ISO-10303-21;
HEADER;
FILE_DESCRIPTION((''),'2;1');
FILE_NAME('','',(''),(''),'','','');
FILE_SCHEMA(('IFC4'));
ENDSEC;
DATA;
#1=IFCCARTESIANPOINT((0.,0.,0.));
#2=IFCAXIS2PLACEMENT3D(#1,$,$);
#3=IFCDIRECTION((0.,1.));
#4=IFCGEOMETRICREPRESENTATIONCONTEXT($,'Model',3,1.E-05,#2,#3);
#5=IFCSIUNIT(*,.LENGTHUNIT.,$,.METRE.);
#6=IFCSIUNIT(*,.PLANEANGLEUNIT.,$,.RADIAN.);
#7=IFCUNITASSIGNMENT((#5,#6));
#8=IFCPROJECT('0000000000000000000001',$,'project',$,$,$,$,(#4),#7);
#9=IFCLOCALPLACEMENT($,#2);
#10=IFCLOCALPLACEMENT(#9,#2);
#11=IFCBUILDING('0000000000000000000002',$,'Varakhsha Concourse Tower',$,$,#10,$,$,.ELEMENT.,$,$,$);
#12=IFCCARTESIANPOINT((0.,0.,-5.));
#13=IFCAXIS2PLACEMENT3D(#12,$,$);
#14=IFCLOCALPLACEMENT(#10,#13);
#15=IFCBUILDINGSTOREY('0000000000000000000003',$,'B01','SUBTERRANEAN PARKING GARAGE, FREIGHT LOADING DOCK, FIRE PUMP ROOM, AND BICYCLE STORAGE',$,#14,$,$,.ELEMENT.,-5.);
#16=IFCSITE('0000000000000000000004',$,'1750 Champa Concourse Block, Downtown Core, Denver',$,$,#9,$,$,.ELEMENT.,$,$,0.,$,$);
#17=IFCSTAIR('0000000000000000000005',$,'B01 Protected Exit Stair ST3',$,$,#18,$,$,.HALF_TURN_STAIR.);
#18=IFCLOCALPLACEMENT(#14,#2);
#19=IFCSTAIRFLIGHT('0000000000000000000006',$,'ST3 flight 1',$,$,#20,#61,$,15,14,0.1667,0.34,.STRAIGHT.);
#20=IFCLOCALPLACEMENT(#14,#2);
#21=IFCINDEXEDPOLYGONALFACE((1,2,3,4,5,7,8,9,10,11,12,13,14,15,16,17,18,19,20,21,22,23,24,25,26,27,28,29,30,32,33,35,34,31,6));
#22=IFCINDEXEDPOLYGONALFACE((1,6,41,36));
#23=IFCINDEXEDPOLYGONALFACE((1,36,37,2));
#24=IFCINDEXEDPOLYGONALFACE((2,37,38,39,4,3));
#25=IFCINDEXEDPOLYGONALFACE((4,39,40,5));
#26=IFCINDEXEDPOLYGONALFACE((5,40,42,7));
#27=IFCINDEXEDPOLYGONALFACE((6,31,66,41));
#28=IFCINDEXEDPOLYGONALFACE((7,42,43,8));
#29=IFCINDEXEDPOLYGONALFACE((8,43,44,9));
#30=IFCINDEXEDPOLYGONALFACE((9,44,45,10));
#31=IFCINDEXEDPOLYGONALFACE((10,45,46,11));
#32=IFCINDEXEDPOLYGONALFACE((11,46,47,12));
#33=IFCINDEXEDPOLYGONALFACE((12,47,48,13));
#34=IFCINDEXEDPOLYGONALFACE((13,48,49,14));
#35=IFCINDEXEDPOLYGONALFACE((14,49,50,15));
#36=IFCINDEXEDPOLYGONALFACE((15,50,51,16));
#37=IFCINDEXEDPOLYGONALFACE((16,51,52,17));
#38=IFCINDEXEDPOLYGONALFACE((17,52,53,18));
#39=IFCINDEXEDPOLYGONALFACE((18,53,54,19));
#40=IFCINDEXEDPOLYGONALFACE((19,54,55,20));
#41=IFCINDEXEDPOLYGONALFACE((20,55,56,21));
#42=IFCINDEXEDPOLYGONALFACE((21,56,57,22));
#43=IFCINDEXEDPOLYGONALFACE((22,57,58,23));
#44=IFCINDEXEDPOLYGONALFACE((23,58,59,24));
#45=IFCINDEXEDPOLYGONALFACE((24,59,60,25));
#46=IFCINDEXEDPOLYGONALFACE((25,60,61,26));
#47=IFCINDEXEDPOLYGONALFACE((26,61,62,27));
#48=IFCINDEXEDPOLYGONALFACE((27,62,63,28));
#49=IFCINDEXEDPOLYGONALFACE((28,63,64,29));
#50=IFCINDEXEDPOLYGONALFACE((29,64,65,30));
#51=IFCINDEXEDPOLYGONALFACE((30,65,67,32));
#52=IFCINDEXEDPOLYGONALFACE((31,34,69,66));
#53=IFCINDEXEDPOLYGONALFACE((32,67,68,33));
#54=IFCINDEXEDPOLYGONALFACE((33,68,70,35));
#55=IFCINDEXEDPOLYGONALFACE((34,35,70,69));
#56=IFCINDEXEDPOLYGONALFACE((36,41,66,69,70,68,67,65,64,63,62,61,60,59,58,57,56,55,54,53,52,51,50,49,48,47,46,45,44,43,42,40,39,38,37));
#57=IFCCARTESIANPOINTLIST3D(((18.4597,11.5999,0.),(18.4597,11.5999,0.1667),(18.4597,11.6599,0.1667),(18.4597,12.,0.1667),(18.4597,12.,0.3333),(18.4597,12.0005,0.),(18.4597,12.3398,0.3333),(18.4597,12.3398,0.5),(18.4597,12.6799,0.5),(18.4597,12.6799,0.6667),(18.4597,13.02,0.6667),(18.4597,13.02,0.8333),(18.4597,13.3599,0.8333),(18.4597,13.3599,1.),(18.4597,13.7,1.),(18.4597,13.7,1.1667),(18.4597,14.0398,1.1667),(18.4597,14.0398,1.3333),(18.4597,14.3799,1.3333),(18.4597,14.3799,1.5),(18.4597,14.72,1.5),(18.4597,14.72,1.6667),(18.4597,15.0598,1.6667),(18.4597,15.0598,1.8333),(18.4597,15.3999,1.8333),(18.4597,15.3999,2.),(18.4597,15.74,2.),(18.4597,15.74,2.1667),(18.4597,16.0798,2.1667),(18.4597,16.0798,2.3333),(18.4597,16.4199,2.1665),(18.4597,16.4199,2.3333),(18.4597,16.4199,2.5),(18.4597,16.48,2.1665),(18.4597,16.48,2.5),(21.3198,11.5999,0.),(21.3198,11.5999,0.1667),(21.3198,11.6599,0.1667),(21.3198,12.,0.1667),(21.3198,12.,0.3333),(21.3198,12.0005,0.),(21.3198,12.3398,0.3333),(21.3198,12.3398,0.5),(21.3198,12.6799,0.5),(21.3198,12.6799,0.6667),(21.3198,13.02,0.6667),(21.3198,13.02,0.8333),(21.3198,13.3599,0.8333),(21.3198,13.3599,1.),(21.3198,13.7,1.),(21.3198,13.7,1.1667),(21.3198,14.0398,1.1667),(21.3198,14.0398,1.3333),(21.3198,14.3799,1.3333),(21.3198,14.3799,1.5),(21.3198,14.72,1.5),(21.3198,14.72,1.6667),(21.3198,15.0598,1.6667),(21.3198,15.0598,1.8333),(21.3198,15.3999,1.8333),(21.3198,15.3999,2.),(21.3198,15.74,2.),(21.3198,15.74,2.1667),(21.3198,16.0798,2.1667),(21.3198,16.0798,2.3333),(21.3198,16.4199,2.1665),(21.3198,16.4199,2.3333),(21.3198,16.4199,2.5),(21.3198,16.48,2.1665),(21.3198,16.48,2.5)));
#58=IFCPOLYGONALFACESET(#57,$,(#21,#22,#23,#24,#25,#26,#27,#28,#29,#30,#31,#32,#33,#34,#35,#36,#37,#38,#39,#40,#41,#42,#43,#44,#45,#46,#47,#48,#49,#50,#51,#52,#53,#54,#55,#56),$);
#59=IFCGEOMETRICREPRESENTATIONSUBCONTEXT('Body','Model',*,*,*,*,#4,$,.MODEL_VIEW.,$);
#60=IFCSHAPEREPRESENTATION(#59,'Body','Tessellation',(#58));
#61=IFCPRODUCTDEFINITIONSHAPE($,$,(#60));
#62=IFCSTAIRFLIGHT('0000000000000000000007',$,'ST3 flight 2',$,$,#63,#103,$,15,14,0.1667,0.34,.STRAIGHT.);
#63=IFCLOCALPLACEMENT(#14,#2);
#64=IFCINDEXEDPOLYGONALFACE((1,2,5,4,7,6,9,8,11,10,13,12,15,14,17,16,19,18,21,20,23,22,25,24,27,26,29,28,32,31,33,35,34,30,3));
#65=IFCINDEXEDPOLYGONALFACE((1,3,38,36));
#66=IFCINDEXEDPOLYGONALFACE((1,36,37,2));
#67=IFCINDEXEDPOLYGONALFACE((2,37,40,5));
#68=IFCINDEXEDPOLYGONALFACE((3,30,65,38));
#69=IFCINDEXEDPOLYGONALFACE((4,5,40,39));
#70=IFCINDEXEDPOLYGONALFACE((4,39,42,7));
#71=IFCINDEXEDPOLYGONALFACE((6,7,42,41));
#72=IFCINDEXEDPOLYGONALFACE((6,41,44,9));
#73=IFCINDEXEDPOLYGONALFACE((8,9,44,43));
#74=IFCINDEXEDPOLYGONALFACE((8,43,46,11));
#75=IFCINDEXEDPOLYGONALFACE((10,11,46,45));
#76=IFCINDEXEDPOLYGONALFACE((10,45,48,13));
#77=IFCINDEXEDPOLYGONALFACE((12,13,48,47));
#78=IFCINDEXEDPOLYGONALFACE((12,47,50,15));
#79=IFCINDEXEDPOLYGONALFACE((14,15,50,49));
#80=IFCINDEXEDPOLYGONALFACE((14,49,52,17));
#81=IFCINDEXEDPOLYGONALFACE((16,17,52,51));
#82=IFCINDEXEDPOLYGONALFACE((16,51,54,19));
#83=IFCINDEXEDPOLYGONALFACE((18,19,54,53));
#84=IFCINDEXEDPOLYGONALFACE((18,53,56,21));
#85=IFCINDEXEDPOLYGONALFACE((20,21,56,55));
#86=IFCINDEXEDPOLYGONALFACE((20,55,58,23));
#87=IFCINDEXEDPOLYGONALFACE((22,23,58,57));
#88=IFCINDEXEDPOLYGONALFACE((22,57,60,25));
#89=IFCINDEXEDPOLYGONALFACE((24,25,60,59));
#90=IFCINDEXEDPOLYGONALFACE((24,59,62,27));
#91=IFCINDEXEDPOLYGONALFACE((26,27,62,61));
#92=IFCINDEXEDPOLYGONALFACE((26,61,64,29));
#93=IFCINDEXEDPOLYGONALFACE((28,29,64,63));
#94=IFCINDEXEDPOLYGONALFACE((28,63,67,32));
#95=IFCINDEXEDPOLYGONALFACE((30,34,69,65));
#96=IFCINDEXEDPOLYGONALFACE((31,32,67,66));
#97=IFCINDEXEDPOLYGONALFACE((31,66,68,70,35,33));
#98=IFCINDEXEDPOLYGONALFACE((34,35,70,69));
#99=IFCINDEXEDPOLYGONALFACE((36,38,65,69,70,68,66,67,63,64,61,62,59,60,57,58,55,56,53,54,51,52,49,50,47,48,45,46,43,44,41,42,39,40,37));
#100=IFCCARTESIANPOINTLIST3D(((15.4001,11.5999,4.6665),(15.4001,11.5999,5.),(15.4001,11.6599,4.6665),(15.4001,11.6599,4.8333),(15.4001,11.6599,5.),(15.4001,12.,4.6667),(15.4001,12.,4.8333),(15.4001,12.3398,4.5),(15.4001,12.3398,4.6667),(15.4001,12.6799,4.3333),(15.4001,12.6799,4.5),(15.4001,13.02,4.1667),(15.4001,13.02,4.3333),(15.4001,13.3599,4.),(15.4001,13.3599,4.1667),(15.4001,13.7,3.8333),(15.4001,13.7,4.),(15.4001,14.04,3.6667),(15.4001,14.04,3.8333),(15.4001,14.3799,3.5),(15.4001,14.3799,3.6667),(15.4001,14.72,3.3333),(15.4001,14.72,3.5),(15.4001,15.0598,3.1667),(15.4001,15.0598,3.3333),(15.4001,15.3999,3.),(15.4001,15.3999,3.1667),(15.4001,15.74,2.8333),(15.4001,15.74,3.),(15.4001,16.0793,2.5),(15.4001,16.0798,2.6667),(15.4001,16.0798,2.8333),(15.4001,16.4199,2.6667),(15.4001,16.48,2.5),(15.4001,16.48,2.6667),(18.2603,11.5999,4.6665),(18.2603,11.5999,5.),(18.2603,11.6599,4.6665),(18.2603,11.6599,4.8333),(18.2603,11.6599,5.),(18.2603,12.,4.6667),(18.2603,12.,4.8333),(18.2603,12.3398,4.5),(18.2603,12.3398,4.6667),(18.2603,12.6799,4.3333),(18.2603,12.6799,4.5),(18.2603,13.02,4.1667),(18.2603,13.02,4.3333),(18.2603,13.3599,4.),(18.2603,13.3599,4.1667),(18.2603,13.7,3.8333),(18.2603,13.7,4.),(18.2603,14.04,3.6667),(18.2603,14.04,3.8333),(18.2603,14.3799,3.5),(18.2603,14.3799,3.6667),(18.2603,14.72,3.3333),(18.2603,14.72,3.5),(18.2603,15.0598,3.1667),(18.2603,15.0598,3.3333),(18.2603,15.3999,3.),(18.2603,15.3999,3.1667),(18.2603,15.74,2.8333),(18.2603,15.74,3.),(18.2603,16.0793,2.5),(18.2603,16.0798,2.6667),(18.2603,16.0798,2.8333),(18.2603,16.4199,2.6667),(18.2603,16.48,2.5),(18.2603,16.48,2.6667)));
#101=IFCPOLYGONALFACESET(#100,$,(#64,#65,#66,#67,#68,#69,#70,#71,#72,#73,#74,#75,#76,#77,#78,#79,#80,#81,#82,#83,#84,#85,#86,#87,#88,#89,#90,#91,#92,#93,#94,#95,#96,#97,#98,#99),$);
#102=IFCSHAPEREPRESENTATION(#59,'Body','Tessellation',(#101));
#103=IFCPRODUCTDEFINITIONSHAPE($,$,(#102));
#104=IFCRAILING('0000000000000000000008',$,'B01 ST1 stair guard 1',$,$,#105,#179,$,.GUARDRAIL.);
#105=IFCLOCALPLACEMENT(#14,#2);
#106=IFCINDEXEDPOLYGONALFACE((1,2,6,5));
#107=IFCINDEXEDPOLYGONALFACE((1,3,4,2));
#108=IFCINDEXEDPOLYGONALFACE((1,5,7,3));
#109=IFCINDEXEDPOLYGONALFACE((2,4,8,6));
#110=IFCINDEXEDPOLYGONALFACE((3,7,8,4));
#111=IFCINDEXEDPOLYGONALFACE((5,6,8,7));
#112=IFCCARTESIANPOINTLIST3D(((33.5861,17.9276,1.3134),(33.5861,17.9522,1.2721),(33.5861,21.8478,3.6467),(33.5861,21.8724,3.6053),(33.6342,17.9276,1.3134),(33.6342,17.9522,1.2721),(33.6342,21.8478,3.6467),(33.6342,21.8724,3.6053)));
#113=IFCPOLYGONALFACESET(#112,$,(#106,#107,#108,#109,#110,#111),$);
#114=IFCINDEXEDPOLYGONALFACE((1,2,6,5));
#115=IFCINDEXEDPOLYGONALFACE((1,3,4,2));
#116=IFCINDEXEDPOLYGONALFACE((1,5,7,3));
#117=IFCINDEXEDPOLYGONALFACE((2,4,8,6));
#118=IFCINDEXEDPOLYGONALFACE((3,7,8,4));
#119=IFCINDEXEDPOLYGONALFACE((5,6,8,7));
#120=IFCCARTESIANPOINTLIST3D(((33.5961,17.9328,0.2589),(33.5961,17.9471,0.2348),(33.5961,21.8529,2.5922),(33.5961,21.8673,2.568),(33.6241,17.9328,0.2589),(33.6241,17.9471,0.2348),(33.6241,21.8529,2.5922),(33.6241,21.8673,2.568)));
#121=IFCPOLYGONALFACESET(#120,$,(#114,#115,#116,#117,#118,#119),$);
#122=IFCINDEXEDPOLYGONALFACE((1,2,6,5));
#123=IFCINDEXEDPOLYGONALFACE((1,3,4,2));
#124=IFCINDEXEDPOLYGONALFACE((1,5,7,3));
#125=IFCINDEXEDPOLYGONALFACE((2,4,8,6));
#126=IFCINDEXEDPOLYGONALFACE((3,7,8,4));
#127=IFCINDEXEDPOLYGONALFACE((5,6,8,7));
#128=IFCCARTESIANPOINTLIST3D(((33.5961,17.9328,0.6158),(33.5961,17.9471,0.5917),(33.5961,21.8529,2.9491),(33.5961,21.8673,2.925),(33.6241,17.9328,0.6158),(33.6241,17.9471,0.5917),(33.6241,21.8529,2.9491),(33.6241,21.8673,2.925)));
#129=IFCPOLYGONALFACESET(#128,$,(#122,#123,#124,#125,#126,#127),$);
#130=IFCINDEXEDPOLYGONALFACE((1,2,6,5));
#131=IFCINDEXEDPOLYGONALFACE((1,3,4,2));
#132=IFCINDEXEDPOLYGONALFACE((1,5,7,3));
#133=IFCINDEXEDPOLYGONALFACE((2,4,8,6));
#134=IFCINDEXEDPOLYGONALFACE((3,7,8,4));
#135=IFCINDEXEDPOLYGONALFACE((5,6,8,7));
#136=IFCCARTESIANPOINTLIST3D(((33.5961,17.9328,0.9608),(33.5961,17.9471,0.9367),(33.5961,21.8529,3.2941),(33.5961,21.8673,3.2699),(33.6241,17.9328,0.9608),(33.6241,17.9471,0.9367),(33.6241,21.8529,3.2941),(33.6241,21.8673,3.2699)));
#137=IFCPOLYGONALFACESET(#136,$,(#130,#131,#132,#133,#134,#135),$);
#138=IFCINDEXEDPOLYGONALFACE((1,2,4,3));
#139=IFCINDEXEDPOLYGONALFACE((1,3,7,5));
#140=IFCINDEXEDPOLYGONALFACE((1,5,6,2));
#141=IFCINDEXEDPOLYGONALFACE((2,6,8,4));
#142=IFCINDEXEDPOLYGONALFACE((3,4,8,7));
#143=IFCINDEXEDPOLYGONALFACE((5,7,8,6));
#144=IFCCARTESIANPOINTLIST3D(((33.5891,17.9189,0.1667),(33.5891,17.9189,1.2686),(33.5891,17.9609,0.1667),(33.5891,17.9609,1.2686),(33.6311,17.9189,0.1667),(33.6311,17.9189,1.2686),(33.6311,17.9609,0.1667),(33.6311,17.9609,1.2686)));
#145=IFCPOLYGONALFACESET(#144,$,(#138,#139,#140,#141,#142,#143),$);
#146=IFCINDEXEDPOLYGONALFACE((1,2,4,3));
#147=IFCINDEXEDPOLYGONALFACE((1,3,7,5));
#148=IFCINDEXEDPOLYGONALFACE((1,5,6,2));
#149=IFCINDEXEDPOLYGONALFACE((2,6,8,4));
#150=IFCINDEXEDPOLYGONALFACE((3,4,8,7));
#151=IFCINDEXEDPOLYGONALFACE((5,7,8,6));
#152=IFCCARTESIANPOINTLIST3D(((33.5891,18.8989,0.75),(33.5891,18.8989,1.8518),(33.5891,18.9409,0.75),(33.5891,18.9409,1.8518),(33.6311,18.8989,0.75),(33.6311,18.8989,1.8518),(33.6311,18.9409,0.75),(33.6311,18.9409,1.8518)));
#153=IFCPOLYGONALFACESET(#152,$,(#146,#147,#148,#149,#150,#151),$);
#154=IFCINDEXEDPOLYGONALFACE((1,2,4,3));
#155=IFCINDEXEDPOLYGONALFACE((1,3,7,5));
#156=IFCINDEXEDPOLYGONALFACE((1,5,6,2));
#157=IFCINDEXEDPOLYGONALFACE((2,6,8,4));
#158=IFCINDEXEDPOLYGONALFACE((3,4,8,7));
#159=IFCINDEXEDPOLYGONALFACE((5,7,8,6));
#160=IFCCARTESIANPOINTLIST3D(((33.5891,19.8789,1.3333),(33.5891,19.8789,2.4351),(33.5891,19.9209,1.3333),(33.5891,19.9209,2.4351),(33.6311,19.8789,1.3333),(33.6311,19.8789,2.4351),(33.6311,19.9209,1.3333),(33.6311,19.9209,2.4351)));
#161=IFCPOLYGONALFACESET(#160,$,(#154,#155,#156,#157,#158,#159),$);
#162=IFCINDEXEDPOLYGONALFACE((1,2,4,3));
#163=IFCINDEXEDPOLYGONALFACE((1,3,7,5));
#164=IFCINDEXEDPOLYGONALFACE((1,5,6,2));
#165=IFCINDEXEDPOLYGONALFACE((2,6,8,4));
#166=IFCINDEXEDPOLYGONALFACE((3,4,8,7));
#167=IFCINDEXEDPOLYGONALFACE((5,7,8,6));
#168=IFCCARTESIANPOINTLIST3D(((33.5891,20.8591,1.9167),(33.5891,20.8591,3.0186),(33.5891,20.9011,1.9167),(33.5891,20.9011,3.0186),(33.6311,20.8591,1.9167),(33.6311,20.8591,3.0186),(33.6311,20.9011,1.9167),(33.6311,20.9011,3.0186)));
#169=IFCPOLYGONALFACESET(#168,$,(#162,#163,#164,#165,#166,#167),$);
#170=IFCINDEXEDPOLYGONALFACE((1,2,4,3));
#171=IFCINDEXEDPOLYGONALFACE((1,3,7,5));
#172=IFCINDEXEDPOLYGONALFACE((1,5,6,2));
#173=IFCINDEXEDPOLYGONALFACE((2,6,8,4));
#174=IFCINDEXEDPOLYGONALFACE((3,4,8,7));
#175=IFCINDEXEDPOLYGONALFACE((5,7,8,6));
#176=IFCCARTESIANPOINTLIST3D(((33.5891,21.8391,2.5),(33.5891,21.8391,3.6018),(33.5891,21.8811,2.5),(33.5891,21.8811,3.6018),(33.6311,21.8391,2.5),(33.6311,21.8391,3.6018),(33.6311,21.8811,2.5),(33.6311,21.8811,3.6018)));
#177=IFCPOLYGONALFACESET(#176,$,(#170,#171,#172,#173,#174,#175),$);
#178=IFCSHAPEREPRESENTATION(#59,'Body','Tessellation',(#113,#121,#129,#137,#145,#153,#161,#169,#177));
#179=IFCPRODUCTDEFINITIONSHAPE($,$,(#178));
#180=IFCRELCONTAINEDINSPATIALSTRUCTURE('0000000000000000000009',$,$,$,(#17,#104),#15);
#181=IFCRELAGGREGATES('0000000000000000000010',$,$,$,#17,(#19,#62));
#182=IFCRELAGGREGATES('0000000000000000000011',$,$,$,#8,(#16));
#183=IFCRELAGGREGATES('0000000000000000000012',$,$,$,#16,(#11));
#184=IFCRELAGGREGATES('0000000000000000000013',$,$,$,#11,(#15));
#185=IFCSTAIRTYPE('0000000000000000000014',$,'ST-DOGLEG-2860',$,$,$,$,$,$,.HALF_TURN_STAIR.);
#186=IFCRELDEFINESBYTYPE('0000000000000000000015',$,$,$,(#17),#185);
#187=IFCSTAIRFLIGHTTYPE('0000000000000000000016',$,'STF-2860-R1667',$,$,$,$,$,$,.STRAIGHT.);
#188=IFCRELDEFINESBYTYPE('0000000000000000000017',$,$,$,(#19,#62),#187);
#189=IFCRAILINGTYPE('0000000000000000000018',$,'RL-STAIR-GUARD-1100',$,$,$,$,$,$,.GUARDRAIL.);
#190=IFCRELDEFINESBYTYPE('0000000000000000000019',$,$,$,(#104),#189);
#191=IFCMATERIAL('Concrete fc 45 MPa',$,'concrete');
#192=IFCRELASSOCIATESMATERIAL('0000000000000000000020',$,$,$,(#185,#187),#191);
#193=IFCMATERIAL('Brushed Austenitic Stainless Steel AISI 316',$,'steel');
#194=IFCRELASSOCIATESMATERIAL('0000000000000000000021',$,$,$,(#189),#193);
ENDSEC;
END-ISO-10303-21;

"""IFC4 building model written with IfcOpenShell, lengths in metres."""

from ifc_helpers import new_model, si_unit, direction, frame, origin, origin_2d, place, context, subcontext, project, spatial, polyline, rectangle, outline, extrude, material, type_object, element, aggregate, save


model = new_model("IFC4")

# Units and contexts
model_context = context("Model", 3, precision=1e-05, world=origin(), true_north=direction((0.0, 1.0)))
body_context = subcontext(model_context, "Body", "Model", "MODEL_VIEW")
ifc_project = project(units=[si_unit("LENGTHUNIT", "METRE"), si_unit("PLANEANGLEUNIT", "RADIAN")], contexts=[model_context])

# Site, building, storey
site_placement = place(None, origin())
site = spatial("IfcSite", under=ifc_project, at=site_placement, Name="1750 Champa Concourse Block, Downtown Core, Denver", CompositionType="ELEMENT", RefElevation=0.0)
building_placement = place(site_placement, origin())
building = spatial("IfcBuilding", under=site, at=building_placement, Name="Varakhsha Concourse Tower", CompositionType="ELEMENT")
storey_placement = place(building_placement, frame((0.0, 0.0, -5.0)))
storey = spatial("IfcBuildingStorey", under=building, at=storey_placement, Name="B01", Description="SUBTERRANEAN PARKING GARAGE, FREIGHT LOADING DOCK, FIRE PUMP ROOM, AND BICYCLE STORAGE", CompositionType="ELEMENT", Elevation=-5.0)

# Shared definitions
ifc_material_1 = material(Name="Concrete fc 45 MPa", Category="concrete")

# Stair, stair flights
stair_type = type_object("IfcStairType", Name="ST-DOGLEG-2860", PredefinedType="HALF_TURN_STAIR", material=ifc_material_1)
stair_placement = place(storey_placement, origin())
stair = element("IfcStair", 1, at=stair_placement, inside=storey, type_object=stair_type, Name="B01 Protected Exit Stair ST3", PredefinedType="HALF_TURN_STAIR")
stair_flight_type = type_object("IfcStairFlightType", Name="STF-2860-R1667", PredefinedType="STRAIGHT", material=ifc_material_1)
stair_flight_1_placement = place(storey_placement, frame((19.8899, 11.6599, 0.0), z_axis=(0.0, 0.0, 1.0), x_axis=(0.0, 1.0, 0.0)))
stair_flight_1 = element("IfcStairFlight", 2, at=stair_flight_1_placement, type_object=stair_flight_type, Name="ST3 flight 1", NumberOfRisers=15, NumberOfTreads=14, PredefinedType="STRAIGHT", RiserHeight=0.1667, TreadLength=0.34, context=body_context, shape_type="SweptSolid", body=[
    extrude(outline(polyline([(-0.0601, 0.0), (-0.0601, 0.1667), (0.0, 0.1667), (0.3401, 0.1667), (0.3401, 0.3333), (0.6799, 0.3333), (0.6799, 0.5), (1.02, 0.5), (1.02, 0.6667), (1.3601, 0.6667), (1.3601, 0.8333), (1.7, 0.8333), (1.7, 1.0), (2.04, 1.0), (2.04, 1.1667), (2.3799, 1.1667), (2.3799, 1.3333), (2.72, 1.3333), (2.72, 1.5), (3.0601, 1.5), (3.0601, 1.6667), (3.3999, 1.6667), (3.3999, 1.8333), (3.74, 1.8333), (3.74, 2.0), (4.0801, 2.0), (4.0801, 2.1667), (4.4199, 2.1667), (4.4199, 2.3333), (4.76, 2.3333), (4.76, 2.5), (4.8201, 2.5), (4.8201, 2.1665), (4.76, 2.1665), (0.3406, 0.0), (-0.0601, 0.0)])), frame((0.0, 1.4302, 0.0), z_axis=(0.0, -1.0, 0.0), x_axis=(1.0, 0.0, 0.0)), (0.0, 0.0, 1.0), 2.8601),
])
stair_flight_2_placement = place(storey_placement, frame((16.8301, 16.4199, 2.5), z_axis=(0.0, 0.0, 1.0), x_axis=(0.0, -1.0, 0.0)))
stair_flight_2 = element("IfcStairFlight", 3, at=stair_flight_2_placement, type_object=stair_flight_type, Name="ST3 flight 2", NumberOfRisers=15, NumberOfTreads=14, PredefinedType="STRAIGHT", RiserHeight=0.1667, TreadLength=0.34, context=body_context, shape_type="SweptSolid", body=[
    extrude(outline(polyline([(-0.0601, 0.0), (-0.0601, 0.1667), (0.0, 0.1667), (0.3401, 0.1667), (0.3401, 0.3333), (0.6799, 0.3333), (0.6799, 0.5), (1.02, 0.5), (1.02, 0.6667), (1.3601, 0.6667), (1.3601, 0.8333), (1.7, 0.8333), (1.7, 1.0), (2.04, 1.0), (2.04, 1.1667), (2.3799, 1.1667), (2.3799, 1.3333), (2.72, 1.3333), (2.72, 1.5), (3.0601, 1.5), (3.0601, 1.6667), (3.3999, 1.6667), (3.3999, 1.8333), (3.74, 1.8333), (3.74, 2.0), (4.0801, 2.0), (4.0801, 2.1667), (4.4199, 2.1667), (4.4199, 2.3333), (4.76, 2.3333), (4.76, 2.5), (4.8201, 2.5), (4.8201, 2.1665), (4.76, 2.1665), (0.3406, 0.0), (-0.0601, 0.0)])), frame((0.0, 1.4302, 0.0), z_axis=(0.0, -1.0, 0.0), x_axis=(1.0, 0.0, 0.0)), (0.0, 0.0, 1.0), 2.8601),
])
aggregate(stair, [stair_flight_1, stair_flight_2])

# Railing
ifc_material_2 = material(Name="Brushed Austenitic Stainless Steel AISI 316", Category="steel")
railing_type_1 = type_object("IfcRailingType", Name="RL-STAIR-GUARD-1100", PredefinedType="GUARDRAIL", material=ifc_material_2)
railing_1_placement = place(storey_placement, frame((33.6101, 17.9399, 0.1667)))
element("IfcRailing", 4, at=railing_1_placement, inside=storey, type_object=railing_type_1, Name="B01 ST1 stair guard 1", PredefinedType="GUARDRAIL", context=body_context, shape_type="SweptSolid", body=[
    extrude(rectangle(XDim=0.0481, YDim=0.0481, at=origin_2d()), frame((0.0, 0.0, 1.126), z_axis=(0.0, 0.85931, 0.511455), x_axis=(-1.0, 0.0, 0.0)), (0.0, 0.0, 1.0), 4.562),
    extrude(rectangle(XDim=0.0281, YDim=0.0281, at=origin_2d()), frame((0.0, 0.0, 0.0801), z_axis=(0.0, 0.85931, 0.511455), x_axis=(-1.0, 0.0, 0.0)), (0.0, 0.0, 1.0), 4.562),
    extrude(rectangle(XDim=0.0281, YDim=0.0281, at=origin_2d()), frame((0.0, 0.0, 0.437), z_axis=(0.0, 0.85931, 0.511455), x_axis=(-1.0, 0.0, 0.0)), (0.0, 0.0, 1.0), 4.562),
    extrude(rectangle(XDim=0.0281, YDim=0.0281, at=origin_2d()), frame((0.0, 0.0, 0.782), z_axis=(0.0, 0.85931, 0.511455), x_axis=(-1.0, 0.0, 0.0)), (0.0, 0.0, 1.0), 4.562),
    extrude(rectangle(XDim=0.042, YDim=0.042, at=origin_2d()), origin(), (0.0, 0.0, 1.0), 1.1018),
    extrude(rectangle(XDim=0.042, YDim=0.042, at=origin_2d()), frame((0.0, 0.98, 0.5833)), (0.0, 0.0, 1.0), 1.1018),
    extrude(rectangle(XDim=0.042, YDim=0.042, at=origin_2d()), frame((0.0, 1.96, 1.1665)), (0.0, 0.0, 1.0), 1.1018),
    extrude(rectangle(XDim=0.042, YDim=0.042, at=origin_2d()), frame((0.0, 2.9402, 1.75)), (0.0, 0.0, 1.0), 1.1018),
    extrude(rectangle(XDim=0.042, YDim=0.042, at=origin_2d()), frame((0.0, 3.9202, 2.3333)), (0.0, 0.0, 1.0), 1.1018),
])

save(model, "model.ifc")
